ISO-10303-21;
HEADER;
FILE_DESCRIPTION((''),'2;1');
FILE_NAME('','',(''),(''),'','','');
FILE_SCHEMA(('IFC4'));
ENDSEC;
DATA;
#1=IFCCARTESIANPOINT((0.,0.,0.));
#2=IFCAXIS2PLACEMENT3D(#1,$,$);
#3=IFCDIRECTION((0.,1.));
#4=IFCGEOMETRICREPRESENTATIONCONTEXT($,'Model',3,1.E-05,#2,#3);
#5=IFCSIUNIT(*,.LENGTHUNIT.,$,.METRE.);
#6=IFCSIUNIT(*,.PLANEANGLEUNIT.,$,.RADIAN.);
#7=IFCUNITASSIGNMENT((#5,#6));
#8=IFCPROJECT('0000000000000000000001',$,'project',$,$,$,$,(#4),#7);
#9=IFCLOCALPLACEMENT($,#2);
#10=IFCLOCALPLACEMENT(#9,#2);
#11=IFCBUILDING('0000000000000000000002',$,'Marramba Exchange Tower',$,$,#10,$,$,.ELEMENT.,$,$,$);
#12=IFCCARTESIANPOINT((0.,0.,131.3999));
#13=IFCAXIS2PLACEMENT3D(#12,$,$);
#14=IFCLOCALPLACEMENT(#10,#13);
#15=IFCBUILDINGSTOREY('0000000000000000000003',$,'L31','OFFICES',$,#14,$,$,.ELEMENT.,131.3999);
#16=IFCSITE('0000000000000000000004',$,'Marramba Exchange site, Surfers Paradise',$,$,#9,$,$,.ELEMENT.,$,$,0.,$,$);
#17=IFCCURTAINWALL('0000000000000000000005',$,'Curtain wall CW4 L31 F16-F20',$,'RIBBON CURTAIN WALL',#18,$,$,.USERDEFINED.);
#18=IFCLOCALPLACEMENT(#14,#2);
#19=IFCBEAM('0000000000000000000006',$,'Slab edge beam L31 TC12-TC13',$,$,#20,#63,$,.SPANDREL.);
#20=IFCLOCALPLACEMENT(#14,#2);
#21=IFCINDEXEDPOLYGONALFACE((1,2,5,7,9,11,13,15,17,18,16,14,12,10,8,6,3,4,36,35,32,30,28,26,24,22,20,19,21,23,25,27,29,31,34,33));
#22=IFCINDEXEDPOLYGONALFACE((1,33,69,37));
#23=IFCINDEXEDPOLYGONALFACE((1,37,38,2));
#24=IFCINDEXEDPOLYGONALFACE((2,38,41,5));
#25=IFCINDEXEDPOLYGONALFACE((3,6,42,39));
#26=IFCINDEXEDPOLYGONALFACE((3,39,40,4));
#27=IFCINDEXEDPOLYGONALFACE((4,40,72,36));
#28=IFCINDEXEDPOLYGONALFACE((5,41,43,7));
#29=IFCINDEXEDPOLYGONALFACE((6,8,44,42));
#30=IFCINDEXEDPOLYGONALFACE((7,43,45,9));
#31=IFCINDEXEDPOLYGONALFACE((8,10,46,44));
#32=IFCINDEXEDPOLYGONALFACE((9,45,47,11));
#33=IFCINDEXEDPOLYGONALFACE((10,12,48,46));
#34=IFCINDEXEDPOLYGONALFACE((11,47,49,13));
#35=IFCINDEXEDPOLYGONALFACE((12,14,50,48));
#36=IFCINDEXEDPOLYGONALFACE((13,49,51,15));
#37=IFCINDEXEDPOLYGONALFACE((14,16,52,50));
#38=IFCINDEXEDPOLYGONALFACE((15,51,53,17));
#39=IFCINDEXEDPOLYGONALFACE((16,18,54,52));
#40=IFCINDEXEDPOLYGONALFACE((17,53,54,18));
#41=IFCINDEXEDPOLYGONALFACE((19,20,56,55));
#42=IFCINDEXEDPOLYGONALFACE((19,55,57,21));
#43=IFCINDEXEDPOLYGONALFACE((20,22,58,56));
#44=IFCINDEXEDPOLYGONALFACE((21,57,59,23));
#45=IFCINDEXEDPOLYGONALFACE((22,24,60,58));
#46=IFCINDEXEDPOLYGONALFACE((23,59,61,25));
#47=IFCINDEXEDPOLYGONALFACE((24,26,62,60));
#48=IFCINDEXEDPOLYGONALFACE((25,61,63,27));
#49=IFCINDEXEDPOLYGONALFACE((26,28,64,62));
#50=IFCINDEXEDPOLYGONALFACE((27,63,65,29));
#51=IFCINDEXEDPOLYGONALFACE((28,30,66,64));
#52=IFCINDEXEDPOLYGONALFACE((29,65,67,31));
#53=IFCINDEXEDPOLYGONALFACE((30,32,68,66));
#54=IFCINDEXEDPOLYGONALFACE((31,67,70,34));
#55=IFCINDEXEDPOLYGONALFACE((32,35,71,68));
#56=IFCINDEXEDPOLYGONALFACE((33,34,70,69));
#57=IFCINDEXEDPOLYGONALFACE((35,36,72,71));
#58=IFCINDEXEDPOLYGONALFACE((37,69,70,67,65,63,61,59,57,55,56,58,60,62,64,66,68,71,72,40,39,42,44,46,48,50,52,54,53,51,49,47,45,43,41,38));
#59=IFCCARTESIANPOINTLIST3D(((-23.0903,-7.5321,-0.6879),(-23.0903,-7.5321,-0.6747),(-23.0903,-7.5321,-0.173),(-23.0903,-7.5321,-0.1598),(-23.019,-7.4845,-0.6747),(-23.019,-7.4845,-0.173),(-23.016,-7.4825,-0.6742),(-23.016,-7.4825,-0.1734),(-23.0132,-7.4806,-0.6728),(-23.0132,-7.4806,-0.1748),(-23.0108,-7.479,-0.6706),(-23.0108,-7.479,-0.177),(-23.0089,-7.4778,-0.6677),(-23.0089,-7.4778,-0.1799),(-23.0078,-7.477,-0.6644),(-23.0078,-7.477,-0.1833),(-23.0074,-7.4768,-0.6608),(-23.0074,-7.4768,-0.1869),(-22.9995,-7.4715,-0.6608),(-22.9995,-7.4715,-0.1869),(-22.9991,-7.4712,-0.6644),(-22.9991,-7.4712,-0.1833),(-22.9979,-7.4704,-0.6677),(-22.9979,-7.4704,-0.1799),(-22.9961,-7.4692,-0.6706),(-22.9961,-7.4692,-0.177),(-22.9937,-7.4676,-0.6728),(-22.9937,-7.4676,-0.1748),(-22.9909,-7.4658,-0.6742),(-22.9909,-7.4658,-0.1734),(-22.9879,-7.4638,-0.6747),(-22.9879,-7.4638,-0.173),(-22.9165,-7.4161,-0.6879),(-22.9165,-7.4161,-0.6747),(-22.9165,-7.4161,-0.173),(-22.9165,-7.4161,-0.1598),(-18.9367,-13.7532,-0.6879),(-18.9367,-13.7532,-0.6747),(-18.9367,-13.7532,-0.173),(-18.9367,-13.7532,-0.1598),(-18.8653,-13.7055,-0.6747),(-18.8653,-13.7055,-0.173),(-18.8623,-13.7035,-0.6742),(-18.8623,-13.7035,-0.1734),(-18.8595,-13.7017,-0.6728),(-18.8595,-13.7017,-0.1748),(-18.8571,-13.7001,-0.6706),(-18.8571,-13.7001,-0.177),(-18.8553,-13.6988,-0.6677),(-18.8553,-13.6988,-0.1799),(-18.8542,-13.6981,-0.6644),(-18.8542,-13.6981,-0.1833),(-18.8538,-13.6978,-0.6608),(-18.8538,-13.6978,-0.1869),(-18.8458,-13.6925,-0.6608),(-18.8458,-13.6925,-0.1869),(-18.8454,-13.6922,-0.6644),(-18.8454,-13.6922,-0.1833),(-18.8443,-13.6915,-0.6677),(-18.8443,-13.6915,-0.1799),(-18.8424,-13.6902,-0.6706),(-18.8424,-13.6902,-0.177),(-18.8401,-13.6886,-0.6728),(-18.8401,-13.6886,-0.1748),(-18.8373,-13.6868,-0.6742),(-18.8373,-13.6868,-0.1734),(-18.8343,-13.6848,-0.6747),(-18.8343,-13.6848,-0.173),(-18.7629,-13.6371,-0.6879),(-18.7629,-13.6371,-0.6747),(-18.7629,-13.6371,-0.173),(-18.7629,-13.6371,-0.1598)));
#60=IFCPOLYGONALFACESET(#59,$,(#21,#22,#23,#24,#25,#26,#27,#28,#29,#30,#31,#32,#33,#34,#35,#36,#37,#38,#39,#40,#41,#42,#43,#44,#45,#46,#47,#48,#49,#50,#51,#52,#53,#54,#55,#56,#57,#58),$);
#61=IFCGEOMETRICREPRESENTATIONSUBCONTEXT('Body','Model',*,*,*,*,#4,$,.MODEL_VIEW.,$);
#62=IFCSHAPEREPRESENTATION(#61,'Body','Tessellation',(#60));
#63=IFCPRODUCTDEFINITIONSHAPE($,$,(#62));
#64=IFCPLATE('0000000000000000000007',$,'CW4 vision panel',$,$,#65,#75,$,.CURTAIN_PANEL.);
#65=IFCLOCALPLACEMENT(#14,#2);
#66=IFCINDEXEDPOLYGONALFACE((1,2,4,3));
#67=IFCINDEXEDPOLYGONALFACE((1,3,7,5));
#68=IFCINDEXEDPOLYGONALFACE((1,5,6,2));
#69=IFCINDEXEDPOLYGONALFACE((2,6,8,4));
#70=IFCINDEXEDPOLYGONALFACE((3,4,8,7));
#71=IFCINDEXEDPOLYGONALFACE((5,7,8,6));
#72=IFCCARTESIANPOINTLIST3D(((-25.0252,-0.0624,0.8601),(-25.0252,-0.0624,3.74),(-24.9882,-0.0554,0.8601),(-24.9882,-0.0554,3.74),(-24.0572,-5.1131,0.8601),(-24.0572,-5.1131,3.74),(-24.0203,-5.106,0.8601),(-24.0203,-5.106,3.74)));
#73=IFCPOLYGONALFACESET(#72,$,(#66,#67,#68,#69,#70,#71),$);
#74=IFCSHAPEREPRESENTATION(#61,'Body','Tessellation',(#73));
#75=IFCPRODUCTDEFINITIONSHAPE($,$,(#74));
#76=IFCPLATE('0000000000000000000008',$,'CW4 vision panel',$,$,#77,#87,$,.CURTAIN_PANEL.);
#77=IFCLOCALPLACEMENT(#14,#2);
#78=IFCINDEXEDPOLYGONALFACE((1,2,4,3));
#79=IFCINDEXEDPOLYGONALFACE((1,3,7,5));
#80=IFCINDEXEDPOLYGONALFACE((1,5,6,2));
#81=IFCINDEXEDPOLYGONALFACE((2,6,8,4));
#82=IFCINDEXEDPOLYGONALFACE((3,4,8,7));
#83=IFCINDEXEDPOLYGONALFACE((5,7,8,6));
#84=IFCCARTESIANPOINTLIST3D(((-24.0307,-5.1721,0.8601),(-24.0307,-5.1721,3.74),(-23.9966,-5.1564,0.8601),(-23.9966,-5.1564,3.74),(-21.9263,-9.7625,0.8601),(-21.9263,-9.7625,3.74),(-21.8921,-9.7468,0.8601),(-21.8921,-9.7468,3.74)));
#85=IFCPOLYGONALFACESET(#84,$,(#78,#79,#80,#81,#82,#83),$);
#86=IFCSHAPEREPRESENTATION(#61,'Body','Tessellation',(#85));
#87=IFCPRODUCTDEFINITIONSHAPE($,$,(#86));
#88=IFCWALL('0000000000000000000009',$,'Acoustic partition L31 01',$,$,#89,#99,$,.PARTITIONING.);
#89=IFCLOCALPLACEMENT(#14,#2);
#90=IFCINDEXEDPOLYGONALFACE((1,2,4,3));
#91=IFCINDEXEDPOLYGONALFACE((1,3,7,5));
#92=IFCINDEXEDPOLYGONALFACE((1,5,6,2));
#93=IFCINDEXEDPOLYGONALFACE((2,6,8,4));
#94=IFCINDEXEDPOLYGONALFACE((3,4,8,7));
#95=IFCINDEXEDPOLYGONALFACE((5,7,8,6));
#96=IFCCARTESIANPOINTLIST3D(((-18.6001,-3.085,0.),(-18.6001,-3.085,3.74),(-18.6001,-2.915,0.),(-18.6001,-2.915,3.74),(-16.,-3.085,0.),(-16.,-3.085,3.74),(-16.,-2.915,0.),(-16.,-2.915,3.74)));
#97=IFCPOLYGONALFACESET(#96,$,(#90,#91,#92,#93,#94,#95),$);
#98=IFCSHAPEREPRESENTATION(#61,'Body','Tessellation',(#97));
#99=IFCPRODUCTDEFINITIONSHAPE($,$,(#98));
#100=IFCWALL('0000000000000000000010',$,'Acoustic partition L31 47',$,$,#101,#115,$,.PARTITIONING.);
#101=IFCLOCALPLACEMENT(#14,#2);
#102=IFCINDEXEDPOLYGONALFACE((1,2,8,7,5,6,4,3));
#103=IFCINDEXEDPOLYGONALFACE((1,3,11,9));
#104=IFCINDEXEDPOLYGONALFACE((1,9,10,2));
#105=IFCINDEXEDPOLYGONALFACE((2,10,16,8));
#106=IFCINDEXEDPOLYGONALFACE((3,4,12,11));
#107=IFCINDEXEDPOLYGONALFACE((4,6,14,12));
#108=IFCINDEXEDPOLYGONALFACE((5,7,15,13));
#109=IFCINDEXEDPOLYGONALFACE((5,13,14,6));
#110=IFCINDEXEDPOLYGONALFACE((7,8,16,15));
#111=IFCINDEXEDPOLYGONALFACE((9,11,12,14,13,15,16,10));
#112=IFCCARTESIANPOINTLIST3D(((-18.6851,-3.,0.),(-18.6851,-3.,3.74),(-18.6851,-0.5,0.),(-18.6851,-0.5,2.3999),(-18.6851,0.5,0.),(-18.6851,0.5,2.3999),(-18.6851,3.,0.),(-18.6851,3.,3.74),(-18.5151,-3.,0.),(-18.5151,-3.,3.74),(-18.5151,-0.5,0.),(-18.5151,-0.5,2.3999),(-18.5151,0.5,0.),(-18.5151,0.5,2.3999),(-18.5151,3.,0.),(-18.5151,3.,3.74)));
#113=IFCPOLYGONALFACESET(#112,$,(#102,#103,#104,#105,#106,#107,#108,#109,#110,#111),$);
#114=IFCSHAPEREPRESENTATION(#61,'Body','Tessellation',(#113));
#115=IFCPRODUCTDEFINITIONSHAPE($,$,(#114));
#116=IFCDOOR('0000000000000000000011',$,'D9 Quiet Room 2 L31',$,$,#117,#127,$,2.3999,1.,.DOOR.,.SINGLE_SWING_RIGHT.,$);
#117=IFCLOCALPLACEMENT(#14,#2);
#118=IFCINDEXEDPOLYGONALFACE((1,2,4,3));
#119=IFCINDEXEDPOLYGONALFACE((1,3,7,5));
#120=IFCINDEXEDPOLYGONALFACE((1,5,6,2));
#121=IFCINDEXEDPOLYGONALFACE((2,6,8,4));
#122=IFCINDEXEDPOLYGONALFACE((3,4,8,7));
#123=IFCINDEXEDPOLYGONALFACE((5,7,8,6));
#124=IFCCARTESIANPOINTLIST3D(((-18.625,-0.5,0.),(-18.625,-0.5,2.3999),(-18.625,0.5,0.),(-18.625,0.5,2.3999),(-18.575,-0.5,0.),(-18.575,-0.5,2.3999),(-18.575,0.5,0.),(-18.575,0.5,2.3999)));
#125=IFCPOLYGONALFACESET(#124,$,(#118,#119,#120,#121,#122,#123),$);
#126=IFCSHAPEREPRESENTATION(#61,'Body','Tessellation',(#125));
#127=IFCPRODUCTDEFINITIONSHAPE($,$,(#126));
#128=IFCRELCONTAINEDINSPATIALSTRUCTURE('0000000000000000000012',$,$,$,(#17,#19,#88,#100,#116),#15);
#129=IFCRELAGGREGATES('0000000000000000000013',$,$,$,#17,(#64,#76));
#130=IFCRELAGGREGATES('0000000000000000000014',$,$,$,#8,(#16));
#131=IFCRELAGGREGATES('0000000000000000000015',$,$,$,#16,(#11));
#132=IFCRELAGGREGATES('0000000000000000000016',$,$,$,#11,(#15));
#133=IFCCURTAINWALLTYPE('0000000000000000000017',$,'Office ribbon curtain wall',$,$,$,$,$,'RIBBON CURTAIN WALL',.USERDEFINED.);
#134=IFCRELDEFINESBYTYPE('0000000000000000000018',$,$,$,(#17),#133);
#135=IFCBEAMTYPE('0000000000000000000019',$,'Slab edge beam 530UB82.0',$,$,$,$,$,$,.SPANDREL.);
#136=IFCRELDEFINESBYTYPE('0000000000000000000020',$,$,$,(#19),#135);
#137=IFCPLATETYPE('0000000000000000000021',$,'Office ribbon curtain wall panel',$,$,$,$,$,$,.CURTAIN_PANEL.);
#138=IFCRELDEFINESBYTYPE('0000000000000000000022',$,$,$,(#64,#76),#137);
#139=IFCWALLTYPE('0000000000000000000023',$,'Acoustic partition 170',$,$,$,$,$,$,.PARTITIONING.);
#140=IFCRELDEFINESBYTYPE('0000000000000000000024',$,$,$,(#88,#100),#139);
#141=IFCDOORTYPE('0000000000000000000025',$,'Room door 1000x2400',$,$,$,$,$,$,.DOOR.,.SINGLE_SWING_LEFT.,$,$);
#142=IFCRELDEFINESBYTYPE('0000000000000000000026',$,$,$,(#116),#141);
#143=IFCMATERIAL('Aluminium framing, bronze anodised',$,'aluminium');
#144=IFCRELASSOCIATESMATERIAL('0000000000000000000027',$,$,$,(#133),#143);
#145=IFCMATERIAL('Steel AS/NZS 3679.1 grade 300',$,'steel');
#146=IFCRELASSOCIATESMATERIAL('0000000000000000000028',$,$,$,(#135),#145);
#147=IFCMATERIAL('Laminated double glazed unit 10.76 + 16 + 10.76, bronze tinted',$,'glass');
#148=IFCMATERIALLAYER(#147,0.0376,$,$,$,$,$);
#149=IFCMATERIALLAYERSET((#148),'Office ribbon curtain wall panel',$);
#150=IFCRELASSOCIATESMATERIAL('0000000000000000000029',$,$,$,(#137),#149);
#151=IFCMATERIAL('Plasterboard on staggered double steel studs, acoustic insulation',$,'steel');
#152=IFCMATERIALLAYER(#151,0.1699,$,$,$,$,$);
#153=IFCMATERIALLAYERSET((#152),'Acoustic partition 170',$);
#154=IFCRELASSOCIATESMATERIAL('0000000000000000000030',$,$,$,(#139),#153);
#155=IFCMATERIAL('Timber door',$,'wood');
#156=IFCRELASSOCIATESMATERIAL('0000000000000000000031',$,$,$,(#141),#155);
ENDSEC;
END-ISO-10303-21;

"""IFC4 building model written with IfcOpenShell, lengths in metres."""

from ifc_helpers import new_model, si_unit, direction, frame, frame_2d, origin, origin_2d, place, context, subcontext, project, spatial, rectangle, i_section, extrude, material, layer, layer_set, material_profile, profile_set, type_object, element, fill, aggregate, save


model = new_model("IFC4")

# Units and contexts
model_context = context("Model", 3, precision=1e-05, world=origin(), true_north=direction((0.0, 1.0)))
body_context = subcontext(model_context, "Body", "Model", "MODEL_VIEW")
ifc_project = project(units=[si_unit("LENGTHUNIT", "METRE"), si_unit("PLANEANGLEUNIT", "RADIAN")], contexts=[model_context])

# Site, building, storey
site_placement = place(None, origin())
site = spatial("IfcSite", under=ifc_project, at=site_placement, Name="Marramba Exchange site, Surfers Paradise", CompositionType="ELEMENT", RefElevation=0.0)
building_placement = place(site_placement, origin())
building = spatial("IfcBuilding", under=site, at=building_placement, Name="Marramba Exchange Tower", CompositionType="ELEMENT")
storey_placement = place(building_placement, frame((0.0, 0.0, 131.3999)))
storey = spatial("IfcBuildingStorey", under=building, at=storey_placement, Name="L31", Description="OFFICES", CompositionType="ELEMENT", Elevation=131.3999)

# Shared definitions
ifc_material_1 = material(Name="Steel AS/NZS 3679.1 grade 300", Category="steel")

# Curtain wall
ifc_material_2 = material(Name="Aluminium framing, bronze anodised", Category="aluminium")
curtain_wall_type = type_object("IfcCurtainWallType", Name="Office ribbon curtain wall", ElementType="RIBBON CURTAIN WALL", PredefinedType="USERDEFINED", material=ifc_material_2)
curtain_wall_placement = place(storey_placement, origin())
curtain_wall = element("IfcCurtainWall", 1, at=curtain_wall_placement, inside=storey, type_object=curtain_wall_type, Name="Curtain wall CW4 L31 F16-F20", ObjectType="RIBBON CURTAIN WALL", PredefinedType="USERDEFINED")

# Beam
ifc_material_profile_1 = material_profile(ifc_material_1, i_section(OverallWidth=0.209, OverallDepth=0.5281, WebThickness=0.0095, FlangeThickness=0.0132, FilletRadius=0.0139, at=origin_2d()), Name="530UB82.0")
ifc_profile_set_1 = profile_set([ifc_material_profile_1], Name="Steel AS/NZS 3679.1 grade 300")
beam_type_1 = type_object("IfcBeamType", Name="Slab edge beam 530UB82.0", PredefinedType="SPANDREL", material=ifc_profile_set_1)
beam_1_placement = place(storey_placement, frame((-23.0034, -7.4741, -0.4238), z_axis=(0.55528, -0.831663, 0.0), x_axis=(0.831663, 0.55528, 0.0)))
element("IfcBeam", 2, at=beam_1_placement, inside=storey, type_object=beam_type_1, Name="Slab edge beam L31 TC12-TC13", PredefinedType="SPANDREL", context=body_context, shape_type="SweptSolid", body=[
    extrude(i_section(OverallWidth=0.209, OverallDepth=0.5281, WebThickness=0.0095, FlangeThickness=0.0132, FilletRadius=0.0139, at=origin_2d()), origin(), (0.0, 0.0, 1.0), 7.4802),
])

# Plates
ifc_material_3 = material(Name="Laminated double glazed unit 10.76 + 16 + 10.76, bronze tinted", Category="glass")
ifc_layer_1 = layer(ifc_material_3, 0.0376)
ifc_layer_set_1 = layer_set([ifc_layer_1], Name="Office ribbon curtain wall panel")
plate_type = type_object("IfcPlateType", Name="Office ribbon curtain wall panel", PredefinedType="CURTAIN_PANEL", material=ifc_layer_set_1)
plate_1_placement = place(storey_placement, frame((-24.5227, -2.5842, 0.8601), z_axis=(0.0, 0.0, 1.0), x_axis=(0.188227, -0.982126, 0.0)))
plate_1 = element("IfcPlate", 3, at=plate_1_placement, type_object=plate_type, Name="CW4 vision panel", PredefinedType="CURTAIN_PANEL", context=body_context, shape_type="SweptSolid", body=[
    extrude(rectangle(XDim=5.1426, YDim=0.0376, at=origin_2d()), origin(), (0.0, 0.0, 1.0), 2.8799),
])
plate_2_placement = place(storey_placement, frame((-22.9614, -7.4595, 0.8601), z_axis=(0.0, 0.0, 1.0), x_axis=(0.416738, -0.909027, 0.0)))
plate_2 = element("IfcPlate", 4, at=plate_2_placement, type_object=plate_type, Name="CW4 vision panel", PredefinedType="CURTAIN_PANEL", context=body_context, shape_type="SweptSolid", body=[
    extrude(rectangle(XDim=5.0498, YDim=0.0376, at=origin_2d()), origin(), (0.0, 0.0, 1.0), 2.8799),
])
aggregate(curtain_wall, [plate_1, plate_2])

# Wall
ifc_material_4 = material(Name="Plasterboard on staggered double steel studs, acoustic insulation", Category="steel")
ifc_layer_2 = layer(ifc_material_4, 0.1699)
ifc_layer_set_2 = layer_set([ifc_layer_2], Name="Acoustic partition 170")
wall_type_1 = type_object("IfcWallType", Name="Acoustic partition 170", PredefinedType="PARTITIONING", material=ifc_layer_set_2)
wall_1_placement = place(storey_placement, frame((-16.0, -3.0, 0.0), z_axis=(0.0, 0.0, 1.0), x_axis=(-1.0, 0.0, 0.0)))
element("IfcWall", 5, at=wall_1_placement, inside=storey, type_object=wall_type_1, Name="Acoustic partition L31 01", PredefinedType="PARTITIONING", context=body_context, shape_type="SweptSolid", body=[
    extrude(rectangle(XDim=2.6001, YDim=0.1699, at=frame_2d((1.3, 0.0))), origin(), (0.0, 0.0, 1.0), 3.74),
])

# Wall, opening, door
wall_2_placement = place(storey_placement, frame((-18.6001, -3.0, 0.0), z_axis=(0.0, 0.0, 1.0), x_axis=(0.0, 1.0, 0.0)))
wall_2 = element("IfcWall", 6, at=wall_2_placement, inside=storey, type_object=wall_type_1, Name="Acoustic partition L31 47", PredefinedType="PARTITIONING", context=body_context, shape_type="SweptSolid", body=[
    extrude(rectangle(XDim=6.0, YDim=0.1699, at=frame_2d((3.0, 0.0))), origin(), (0.0, 0.0, 1.0), 3.74),
])
opening_1_placement = place(wall_2_placement, frame((2.5, 0.0, 0.0)))
opening_1 = element("IfcOpeningElement", 7, at=opening_1_placement, cuts=wall_2, PredefinedType="OPENING", context=body_context, shape_type="SweptSolid", body=[
    extrude(rectangle(XDim=1.0, YDim=2.3999, at=frame_2d((0.5, 1.2))), frame((0.0, 0.095, 0.0), z_axis=(0.0, -1.0, 0.0), x_axis=(1.0, 0.0, 0.0)), (0.0, 0.0, 1.0), 0.1899),
])
ifc_material_5 = material(Name="Timber door", Category="wood")
door_type_1 = type_object("IfcDoorType", Name="Room door 1000x2400", OperationType="SINGLE_SWING_LEFT", PredefinedType="DOOR", material=ifc_material_5)
door_1_placement = place(opening_1_placement, frame((1.0, 0.0, 0.0), z_axis=(0.0, 0.0, 1.0), x_axis=(-1.0, 0.0, 0.0)))
door_1 = element("IfcDoor", 8, at=door_1_placement, inside=storey, type_object=door_type_1, Name="D9 Quiet Room 2 L31", OperationType="SINGLE_SWING_RIGHT", OverallHeight=2.3999, OverallWidth=1.0, PredefinedType="DOOR", context=body_context, shape_type="SweptSolid", body=[
    extrude(rectangle(XDim=1.0, YDim=2.3999, at=frame_2d((0.5, 1.2))), frame((0.0, 0.0251, 0.0), z_axis=(0.0, -1.0, 0.0), x_axis=(1.0, 0.0, 0.0)), (0.0, 0.0, 1.0), 0.05),
])
fill(opening_1, door_1)

save(model, "model.ifc")
